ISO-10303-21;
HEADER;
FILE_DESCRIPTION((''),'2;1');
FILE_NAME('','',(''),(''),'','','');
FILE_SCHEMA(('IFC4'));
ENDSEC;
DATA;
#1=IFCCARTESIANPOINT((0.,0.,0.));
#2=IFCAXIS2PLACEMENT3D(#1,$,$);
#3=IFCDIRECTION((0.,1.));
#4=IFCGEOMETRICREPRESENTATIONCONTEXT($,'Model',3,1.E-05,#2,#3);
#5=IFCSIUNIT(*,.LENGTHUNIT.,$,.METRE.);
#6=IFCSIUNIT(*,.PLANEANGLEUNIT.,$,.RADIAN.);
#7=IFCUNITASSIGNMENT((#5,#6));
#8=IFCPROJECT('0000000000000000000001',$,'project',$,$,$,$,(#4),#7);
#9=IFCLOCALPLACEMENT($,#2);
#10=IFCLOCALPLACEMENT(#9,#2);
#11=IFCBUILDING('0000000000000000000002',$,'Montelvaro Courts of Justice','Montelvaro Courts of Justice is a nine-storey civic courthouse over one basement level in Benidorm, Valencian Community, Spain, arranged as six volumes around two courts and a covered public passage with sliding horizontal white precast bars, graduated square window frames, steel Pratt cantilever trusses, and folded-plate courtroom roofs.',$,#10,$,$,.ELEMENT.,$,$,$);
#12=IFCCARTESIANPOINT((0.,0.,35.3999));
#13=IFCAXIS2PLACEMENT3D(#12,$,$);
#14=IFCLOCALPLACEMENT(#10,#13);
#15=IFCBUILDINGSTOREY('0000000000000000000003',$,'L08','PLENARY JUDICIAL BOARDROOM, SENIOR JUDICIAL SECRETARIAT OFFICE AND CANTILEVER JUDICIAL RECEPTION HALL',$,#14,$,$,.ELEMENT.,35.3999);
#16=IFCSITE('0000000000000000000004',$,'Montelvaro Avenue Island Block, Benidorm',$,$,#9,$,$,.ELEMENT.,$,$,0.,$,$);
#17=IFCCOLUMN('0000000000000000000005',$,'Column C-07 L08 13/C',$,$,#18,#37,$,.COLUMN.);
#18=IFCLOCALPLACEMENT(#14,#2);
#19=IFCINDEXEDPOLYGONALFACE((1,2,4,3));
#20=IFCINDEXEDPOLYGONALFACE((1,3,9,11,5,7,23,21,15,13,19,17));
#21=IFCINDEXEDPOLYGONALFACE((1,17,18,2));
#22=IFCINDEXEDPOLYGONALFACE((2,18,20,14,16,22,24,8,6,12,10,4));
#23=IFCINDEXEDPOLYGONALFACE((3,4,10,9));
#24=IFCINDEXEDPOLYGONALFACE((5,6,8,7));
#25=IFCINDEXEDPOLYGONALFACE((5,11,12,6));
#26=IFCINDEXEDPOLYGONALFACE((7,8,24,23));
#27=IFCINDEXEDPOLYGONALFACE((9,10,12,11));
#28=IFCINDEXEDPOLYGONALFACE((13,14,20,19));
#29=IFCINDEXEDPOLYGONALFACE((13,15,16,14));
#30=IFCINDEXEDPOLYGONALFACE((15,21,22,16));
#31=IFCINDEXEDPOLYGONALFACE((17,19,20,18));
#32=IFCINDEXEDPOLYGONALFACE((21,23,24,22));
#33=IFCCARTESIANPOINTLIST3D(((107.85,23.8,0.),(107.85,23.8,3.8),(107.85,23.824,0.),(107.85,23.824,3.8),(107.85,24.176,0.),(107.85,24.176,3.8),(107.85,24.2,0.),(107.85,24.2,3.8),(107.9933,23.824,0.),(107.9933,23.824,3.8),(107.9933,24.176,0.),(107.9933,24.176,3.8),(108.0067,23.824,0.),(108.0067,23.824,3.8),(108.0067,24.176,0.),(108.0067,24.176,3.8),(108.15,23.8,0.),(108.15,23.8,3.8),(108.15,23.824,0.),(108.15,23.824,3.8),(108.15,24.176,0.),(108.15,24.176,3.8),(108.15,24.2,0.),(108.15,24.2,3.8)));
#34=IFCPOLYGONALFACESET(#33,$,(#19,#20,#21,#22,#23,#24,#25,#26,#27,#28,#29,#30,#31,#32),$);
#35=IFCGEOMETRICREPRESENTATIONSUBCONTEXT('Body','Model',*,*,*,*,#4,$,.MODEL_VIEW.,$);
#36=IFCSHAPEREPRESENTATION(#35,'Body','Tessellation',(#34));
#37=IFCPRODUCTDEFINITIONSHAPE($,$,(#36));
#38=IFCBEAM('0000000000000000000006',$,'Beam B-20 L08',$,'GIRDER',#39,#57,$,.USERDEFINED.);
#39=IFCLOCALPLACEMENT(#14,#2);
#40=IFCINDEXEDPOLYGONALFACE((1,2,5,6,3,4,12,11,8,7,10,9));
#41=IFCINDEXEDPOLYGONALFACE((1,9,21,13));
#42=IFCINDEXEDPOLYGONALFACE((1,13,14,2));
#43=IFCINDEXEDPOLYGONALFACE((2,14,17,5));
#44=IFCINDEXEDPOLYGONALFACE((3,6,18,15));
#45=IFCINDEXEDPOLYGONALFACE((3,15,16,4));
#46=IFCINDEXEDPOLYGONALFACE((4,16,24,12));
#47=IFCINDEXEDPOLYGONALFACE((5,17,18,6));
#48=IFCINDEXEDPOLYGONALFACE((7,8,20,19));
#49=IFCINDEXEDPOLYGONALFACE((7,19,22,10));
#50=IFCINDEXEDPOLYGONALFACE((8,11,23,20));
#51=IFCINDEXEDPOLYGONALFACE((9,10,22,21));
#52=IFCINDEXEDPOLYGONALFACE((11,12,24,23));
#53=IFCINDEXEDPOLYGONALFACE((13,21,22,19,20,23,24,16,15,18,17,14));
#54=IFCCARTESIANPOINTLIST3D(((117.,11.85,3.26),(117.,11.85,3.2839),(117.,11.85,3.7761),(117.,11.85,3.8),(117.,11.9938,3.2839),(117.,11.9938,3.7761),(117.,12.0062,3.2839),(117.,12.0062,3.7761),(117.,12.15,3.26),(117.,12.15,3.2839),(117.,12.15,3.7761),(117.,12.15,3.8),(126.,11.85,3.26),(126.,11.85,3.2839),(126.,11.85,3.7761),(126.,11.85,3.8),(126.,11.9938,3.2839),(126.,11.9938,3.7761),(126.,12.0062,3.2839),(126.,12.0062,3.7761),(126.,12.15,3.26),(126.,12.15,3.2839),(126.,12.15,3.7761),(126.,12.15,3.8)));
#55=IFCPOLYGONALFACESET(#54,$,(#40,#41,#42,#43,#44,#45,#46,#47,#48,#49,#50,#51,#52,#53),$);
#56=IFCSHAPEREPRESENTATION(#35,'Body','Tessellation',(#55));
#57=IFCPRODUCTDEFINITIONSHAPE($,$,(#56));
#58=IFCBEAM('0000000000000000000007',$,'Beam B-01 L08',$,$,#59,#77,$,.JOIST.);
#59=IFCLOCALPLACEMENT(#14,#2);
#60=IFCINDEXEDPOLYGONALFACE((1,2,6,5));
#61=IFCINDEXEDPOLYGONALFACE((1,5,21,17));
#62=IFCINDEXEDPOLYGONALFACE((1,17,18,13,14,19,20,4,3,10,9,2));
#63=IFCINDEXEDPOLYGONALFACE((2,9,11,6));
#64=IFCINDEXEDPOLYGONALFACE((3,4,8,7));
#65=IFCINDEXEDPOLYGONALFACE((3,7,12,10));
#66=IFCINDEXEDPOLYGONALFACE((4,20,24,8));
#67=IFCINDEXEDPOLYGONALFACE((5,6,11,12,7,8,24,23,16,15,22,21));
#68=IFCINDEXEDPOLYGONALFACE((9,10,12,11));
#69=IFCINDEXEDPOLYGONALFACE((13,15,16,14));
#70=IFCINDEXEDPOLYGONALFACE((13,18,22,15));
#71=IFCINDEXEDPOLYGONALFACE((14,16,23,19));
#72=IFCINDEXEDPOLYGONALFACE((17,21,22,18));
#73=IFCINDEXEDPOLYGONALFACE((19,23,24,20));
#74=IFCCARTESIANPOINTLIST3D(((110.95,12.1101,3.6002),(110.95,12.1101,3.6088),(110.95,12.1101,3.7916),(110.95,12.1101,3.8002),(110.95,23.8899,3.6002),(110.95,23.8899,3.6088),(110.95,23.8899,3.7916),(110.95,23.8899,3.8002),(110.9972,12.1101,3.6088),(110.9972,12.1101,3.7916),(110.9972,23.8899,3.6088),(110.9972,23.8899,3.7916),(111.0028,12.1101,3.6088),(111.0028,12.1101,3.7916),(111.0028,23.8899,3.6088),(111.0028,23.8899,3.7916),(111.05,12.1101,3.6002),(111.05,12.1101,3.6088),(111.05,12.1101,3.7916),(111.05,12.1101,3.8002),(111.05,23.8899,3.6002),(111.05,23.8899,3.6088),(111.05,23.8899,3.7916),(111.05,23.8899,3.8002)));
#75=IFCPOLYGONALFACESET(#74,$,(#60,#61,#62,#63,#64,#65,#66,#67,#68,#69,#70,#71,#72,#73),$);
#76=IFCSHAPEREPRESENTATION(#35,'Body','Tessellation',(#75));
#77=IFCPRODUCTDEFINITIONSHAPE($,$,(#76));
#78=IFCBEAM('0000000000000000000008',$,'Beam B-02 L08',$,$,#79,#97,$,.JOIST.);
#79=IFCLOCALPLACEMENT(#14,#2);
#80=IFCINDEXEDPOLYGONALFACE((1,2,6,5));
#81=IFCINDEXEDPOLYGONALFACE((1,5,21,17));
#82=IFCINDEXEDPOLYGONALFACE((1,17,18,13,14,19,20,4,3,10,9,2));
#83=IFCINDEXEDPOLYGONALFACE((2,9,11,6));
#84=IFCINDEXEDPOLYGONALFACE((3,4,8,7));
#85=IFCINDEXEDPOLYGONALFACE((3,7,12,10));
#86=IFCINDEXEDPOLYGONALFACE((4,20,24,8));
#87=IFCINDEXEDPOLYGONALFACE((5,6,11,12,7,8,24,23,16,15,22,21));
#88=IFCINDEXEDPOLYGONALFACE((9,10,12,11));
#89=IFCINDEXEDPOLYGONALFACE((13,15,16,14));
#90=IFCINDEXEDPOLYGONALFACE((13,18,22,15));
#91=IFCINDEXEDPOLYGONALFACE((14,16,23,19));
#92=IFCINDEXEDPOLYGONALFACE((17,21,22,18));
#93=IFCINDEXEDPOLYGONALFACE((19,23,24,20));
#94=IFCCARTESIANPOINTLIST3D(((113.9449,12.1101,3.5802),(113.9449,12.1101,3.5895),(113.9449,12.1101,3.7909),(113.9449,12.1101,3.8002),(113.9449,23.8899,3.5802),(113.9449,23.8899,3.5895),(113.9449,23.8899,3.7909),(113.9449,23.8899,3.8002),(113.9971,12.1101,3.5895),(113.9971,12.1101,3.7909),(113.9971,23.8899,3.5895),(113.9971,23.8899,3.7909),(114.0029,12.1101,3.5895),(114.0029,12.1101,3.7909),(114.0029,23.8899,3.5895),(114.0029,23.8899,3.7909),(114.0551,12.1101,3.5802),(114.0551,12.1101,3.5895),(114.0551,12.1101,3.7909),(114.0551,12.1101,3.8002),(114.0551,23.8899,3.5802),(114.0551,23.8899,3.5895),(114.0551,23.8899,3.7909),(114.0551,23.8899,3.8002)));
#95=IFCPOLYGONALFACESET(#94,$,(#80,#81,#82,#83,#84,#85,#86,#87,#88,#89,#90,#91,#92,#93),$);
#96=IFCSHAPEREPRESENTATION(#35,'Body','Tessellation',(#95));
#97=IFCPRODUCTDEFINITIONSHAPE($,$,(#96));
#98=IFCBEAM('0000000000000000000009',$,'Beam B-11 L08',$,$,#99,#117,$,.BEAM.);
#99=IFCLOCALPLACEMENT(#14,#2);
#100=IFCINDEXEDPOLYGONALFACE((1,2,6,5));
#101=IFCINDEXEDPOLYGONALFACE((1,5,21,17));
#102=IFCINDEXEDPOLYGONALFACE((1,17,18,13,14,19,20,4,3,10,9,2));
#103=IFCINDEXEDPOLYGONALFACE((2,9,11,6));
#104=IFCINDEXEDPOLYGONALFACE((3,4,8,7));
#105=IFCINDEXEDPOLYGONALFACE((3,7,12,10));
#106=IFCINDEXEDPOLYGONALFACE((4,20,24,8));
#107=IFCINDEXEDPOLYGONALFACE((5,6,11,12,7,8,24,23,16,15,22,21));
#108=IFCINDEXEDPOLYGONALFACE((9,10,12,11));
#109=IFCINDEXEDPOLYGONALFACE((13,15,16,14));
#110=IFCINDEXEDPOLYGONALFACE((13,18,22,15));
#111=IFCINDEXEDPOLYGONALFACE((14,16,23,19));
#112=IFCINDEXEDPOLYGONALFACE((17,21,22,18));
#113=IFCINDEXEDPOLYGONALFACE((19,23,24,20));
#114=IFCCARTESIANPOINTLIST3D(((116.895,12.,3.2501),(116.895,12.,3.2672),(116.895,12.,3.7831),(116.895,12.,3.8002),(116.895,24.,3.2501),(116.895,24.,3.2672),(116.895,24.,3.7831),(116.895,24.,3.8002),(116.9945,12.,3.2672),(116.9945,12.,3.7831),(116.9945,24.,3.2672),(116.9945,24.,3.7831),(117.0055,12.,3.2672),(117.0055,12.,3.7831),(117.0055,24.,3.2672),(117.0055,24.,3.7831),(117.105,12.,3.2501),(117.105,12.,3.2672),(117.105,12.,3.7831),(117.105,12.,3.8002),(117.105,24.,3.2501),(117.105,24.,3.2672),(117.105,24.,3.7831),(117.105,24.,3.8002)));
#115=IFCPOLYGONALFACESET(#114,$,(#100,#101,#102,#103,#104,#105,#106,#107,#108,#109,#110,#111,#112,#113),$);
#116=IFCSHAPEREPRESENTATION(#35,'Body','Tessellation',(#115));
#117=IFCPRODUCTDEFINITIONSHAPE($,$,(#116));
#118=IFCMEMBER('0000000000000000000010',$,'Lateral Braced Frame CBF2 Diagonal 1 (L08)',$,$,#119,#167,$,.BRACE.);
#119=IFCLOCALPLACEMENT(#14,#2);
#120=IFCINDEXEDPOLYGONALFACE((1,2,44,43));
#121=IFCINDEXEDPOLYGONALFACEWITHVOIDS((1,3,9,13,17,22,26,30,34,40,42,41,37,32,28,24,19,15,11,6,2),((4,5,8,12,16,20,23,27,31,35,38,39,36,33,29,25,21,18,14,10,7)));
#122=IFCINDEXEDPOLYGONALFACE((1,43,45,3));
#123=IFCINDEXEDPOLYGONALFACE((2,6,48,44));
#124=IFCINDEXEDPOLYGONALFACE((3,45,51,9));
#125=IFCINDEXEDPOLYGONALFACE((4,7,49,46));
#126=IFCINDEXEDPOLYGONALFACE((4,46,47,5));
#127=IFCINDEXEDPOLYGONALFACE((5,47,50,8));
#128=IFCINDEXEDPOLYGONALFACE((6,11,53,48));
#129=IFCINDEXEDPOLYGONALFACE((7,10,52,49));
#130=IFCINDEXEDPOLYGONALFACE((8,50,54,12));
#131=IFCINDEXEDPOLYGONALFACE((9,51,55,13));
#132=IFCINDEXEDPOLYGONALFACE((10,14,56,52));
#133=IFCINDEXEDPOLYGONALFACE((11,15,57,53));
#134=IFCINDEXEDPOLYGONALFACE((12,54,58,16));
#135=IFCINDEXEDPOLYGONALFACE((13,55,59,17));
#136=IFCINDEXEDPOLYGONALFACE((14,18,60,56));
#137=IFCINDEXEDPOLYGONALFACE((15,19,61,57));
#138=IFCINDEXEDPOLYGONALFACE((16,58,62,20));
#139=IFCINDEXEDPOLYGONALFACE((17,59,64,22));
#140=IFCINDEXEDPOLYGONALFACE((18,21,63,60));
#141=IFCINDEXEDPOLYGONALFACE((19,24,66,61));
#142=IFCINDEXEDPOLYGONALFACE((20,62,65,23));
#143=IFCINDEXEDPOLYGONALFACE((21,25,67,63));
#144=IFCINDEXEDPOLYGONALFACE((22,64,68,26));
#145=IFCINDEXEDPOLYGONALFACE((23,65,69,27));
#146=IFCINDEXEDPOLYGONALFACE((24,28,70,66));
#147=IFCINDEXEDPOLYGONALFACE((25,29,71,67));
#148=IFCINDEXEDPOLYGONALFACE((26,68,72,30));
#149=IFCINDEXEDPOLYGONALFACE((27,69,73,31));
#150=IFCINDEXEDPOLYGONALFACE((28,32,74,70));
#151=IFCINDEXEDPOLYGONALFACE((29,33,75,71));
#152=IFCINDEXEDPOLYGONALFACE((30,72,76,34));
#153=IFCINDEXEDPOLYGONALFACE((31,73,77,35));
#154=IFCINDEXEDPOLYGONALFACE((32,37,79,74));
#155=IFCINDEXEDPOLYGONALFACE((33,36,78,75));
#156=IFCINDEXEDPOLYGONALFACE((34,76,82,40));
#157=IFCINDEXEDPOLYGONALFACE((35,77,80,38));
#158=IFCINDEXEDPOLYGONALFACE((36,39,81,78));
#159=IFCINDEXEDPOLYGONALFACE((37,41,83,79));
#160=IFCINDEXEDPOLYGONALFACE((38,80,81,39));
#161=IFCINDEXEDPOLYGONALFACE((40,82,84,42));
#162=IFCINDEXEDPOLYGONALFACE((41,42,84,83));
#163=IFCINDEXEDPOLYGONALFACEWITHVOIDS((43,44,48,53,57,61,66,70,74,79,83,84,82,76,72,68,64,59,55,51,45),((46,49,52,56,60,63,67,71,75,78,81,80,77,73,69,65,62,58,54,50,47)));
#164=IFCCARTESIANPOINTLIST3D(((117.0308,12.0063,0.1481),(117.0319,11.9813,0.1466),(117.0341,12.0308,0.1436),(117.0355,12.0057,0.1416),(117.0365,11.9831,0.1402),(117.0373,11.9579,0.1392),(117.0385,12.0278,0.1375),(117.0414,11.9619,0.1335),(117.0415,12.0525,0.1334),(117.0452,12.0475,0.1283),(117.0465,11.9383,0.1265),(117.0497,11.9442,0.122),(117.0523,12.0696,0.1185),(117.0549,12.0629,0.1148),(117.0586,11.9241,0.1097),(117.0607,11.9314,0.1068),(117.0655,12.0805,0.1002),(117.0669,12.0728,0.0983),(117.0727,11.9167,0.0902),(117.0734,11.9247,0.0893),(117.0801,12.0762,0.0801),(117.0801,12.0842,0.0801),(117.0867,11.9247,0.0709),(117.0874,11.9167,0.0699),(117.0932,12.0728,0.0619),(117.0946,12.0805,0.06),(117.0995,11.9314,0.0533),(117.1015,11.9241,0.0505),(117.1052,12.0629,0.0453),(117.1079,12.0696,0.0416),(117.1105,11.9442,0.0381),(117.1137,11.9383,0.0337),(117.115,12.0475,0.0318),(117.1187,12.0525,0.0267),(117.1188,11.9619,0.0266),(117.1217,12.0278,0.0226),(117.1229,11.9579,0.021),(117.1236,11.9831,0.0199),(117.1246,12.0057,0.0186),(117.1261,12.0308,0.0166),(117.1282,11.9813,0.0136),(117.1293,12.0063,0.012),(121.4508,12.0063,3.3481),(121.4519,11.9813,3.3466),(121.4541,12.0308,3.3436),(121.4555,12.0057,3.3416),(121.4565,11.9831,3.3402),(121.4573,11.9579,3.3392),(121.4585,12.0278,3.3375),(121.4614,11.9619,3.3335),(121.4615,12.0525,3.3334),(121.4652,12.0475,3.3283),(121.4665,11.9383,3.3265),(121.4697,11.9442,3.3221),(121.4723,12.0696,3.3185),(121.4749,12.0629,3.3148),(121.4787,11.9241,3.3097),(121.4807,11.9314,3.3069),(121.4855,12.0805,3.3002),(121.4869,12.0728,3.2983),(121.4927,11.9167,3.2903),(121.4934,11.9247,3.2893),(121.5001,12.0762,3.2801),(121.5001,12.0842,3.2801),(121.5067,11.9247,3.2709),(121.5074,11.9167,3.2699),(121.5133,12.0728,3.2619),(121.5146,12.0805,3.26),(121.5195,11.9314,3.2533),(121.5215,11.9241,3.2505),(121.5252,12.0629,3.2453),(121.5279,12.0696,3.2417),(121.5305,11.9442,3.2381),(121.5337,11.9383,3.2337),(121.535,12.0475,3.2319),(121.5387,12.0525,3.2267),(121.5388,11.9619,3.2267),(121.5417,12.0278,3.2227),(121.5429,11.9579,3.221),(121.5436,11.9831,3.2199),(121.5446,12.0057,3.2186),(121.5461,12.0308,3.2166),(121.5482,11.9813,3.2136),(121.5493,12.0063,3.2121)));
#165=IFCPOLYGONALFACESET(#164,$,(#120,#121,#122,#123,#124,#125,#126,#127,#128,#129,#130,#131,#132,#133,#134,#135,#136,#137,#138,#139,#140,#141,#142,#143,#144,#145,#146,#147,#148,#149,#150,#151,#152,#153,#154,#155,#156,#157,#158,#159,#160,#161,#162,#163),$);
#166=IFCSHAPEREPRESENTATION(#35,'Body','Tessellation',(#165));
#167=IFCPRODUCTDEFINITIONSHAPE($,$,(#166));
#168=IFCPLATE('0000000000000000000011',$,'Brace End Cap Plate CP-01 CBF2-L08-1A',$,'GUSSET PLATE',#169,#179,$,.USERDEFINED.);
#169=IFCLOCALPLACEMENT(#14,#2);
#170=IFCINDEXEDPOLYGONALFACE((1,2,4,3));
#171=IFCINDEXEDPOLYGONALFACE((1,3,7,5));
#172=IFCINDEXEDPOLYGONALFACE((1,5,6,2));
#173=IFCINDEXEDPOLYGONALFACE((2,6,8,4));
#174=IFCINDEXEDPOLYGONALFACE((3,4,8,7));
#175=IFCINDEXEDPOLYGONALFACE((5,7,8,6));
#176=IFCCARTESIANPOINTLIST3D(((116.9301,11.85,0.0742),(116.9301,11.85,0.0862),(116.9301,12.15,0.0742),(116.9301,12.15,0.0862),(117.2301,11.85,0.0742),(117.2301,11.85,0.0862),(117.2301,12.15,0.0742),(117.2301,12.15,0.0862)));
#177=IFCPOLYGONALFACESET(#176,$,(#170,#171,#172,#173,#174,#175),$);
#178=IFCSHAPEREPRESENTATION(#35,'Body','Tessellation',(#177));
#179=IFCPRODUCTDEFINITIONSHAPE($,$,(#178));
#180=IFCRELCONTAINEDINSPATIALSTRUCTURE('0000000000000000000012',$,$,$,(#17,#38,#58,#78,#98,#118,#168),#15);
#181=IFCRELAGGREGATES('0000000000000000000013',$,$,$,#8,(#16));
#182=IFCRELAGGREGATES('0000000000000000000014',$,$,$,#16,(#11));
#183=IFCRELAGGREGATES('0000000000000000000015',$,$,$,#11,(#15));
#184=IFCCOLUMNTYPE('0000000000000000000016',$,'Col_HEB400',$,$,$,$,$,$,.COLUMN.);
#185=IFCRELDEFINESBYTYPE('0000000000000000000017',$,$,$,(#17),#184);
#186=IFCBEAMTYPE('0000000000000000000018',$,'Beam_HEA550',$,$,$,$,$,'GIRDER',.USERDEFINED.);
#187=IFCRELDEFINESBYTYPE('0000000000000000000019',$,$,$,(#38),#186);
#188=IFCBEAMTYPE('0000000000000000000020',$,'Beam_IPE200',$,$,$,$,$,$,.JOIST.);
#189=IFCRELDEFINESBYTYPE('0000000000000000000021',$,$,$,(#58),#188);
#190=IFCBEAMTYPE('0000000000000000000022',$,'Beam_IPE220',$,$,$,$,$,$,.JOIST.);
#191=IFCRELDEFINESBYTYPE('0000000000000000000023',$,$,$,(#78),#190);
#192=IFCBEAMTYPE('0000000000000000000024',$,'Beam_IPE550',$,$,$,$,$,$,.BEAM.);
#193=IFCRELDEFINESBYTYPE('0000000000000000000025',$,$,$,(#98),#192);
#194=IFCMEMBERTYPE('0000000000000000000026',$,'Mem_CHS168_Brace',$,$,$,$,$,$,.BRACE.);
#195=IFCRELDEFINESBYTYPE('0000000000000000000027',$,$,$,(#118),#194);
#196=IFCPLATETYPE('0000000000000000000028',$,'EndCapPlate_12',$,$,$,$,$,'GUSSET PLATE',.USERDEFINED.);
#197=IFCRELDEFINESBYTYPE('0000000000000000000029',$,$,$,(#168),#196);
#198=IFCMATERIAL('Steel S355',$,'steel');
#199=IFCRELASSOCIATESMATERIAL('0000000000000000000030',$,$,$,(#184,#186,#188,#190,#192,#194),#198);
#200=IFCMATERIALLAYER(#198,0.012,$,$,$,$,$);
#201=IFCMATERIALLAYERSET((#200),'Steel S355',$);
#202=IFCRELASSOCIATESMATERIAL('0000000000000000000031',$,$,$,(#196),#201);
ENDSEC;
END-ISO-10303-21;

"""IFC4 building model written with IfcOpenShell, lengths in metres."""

from ifc_helpers import new_model, si_unit, direction, frame, origin, origin_2d, place, context, subcontext, project, spatial, rectangle, hollow_circle, i_section, extrude, material, layer, layer_set, material_profile, profile_set, type_object, element, save


model = new_model("IFC4")

# Units and contexts
model_context = context("Model", 3, precision=1e-05, world=origin(), true_north=direction((0.0, 1.0)))
body_context = subcontext(model_context, "Body", "Model", "MODEL_VIEW")
ifc_project = project(units=[si_unit("LENGTHUNIT", "METRE"), si_unit("PLANEANGLEUNIT", "RADIAN")], contexts=[model_context])

# Site, building, storey
site_placement = place(None, origin())
site = spatial("IfcSite", under=ifc_project, at=site_placement, Name="Montelvaro Avenue Island Block, Benidorm", CompositionType="ELEMENT", RefElevation=0.0)
building_placement = place(site_placement, origin())
building = spatial("IfcBuilding", under=site, at=building_placement, Name="Montelvaro Courts of Justice", Description="Montelvaro Courts of Justice is a nine-storey civic courthouse over one basement level in Benidorm, Valencian Community, Spain, arranged as six volumes around two courts and a covered public passage with sliding horizontal white precast bars, graduated square window frames, steel Pratt cantilever trusses, and folded-plate courtroom roofs.", CompositionType="ELEMENT")
storey_placement = place(building_placement, frame((0.0, 0.0, 35.3999)))
storey = spatial("IfcBuildingStorey", under=building, at=storey_placement, Name="L08", Description="PLENARY JUDICIAL BOARDROOM, SENIOR JUDICIAL SECRETARIAT OFFICE AND CANTILEVER JUDICIAL RECEPTION HALL", CompositionType="ELEMENT", Elevation=35.3999)

# Column
ifc_material_1 = material(Name="Steel S355", Category="steel")
ifc_material_profile_1 = material_profile(ifc_material_1, i_section(OverallWidth=0.3, OverallDepth=0.3999, WebThickness=0.0134, FlangeThickness=0.0239, at=origin_2d()), Name="HEB 400")
ifc_profile_set_1 = profile_set([ifc_material_profile_1], Name="Steel S355")
column_type = type_object("IfcColumnType", Name="Col_HEB400", PredefinedType="COLUMN", material=ifc_profile_set_1)
column_placement = place(storey_placement, frame((108.0, 24.0, 0.0), z_axis=(0.0, 0.0, 1.0), x_axis=(1.0, 0.0, 0.0)))
element("IfcColumn", 1, at=column_placement, inside=storey, type_object=column_type, Name="Column C-07 L08 13/C", PredefinedType="COLUMN", context=body_context, shape_type="SweptSolid", body=[
    extrude(i_section(OverallWidth=0.3, OverallDepth=0.3999, WebThickness=0.0134, FlangeThickness=0.0239, at=origin_2d()), origin(), (0.0, 0.0, 1.0), 3.8),
])

# Beams
ifc_material_profile_2 = material_profile(ifc_material_1, i_section(OverallWidth=0.3, OverallDepth=0.54, WebThickness=0.0125, FlangeThickness=0.0239, at=origin_2d()), Name="HEA 550")
ifc_profile_set_2 = profile_set([ifc_material_profile_2], Name="Steel S355")
beam_type_1 = type_object("IfcBeamType", Name="Beam_HEA550", ElementType="GIRDER", PredefinedType="USERDEFINED", material=ifc_profile_set_2)
beam_1_placement = place(storey_placement, frame((117.0, 12.0, 3.53), z_axis=(1.0, 0.0, 0.0), x_axis=(0.0, 1.0, 0.0)))
element("IfcBeam", 2, at=beam_1_placement, inside=storey, type_object=beam_type_1, Name="Beam B-20 L08", ObjectType="GIRDER", PredefinedType="USERDEFINED", context=body_context, shape_type="SweptSolid", body=[
    extrude(i_section(OverallWidth=0.3, OverallDepth=0.54, WebThickness=0.0125, FlangeThickness=0.0239, at=origin_2d()), origin(), (0.0, 0.0, 1.0), 9.0),
])
ifc_material_profile_3 = material_profile(ifc_material_1, i_section(OverallWidth=0.1001, OverallDepth=0.2, WebThickness=0.0056, FlangeThickness=0.0085, at=origin_2d()), Name="IPE 200")
ifc_profile_set_3 = profile_set([ifc_material_profile_3], Name="Steel S355")
beam_type_2 = type_object("IfcBeamType", Name="Beam_IPE200", PredefinedType="JOIST", material=ifc_profile_set_3)
beam_2_placement = place(storey_placement, frame((111.0, 12.1101, 3.7002), z_axis=(0.0, 1.0, 0.0), x_axis=(-1.0, 0.0, 0.0)))
element("IfcBeam", 3, at=beam_2_placement, inside=storey, type_object=beam_type_2, Name="Beam B-01 L08", PredefinedType="JOIST", context=body_context, shape_type="SweptSolid", body=[
    extrude(i_section(OverallWidth=0.1001, OverallDepth=0.2, WebThickness=0.0056, FlangeThickness=0.0085, at=origin_2d()), origin(), (0.0, 0.0, 1.0), 11.7798),
])
ifc_material_profile_4 = material_profile(ifc_material_1, i_section(OverallWidth=0.1101, OverallDepth=0.22, WebThickness=0.0059, FlangeThickness=0.0093, at=origin_2d()), Name="IPE 220")
ifc_profile_set_4 = profile_set([ifc_material_profile_4], Name="Steel S355")
beam_type_3 = type_object("IfcBeamType", Name="Beam_IPE220", PredefinedType="JOIST", material=ifc_profile_set_4)
beam_3_placement = place(storey_placement, frame((114.0, 12.1101, 3.6902), z_axis=(0.0, 1.0, 0.0), x_axis=(-1.0, 0.0, 0.0)))
element("IfcBeam", 4, at=beam_3_placement, inside=storey, type_object=beam_type_3, Name="Beam B-02 L08", PredefinedType="JOIST", context=body_context, shape_type="SweptSolid", body=[
    extrude(i_section(OverallWidth=0.1101, OverallDepth=0.22, WebThickness=0.0059, FlangeThickness=0.0093, at=origin_2d()), origin(), (0.0, 0.0, 1.0), 11.7798),
])
ifc_material_profile_5 = material_profile(ifc_material_1, i_section(OverallWidth=0.21, OverallDepth=0.55, WebThickness=0.011, FlangeThickness=0.0171, at=origin_2d()), Name="IPE 550")
ifc_profile_set_5 = profile_set([ifc_material_profile_5], Name="Steel S355")
beam_type_4 = type_object("IfcBeamType", Name="Beam_IPE550", PredefinedType="BEAM", material=ifc_profile_set_5)
beam_4_placement = place(storey_placement, frame((117.0, 12.0, 3.5251), z_axis=(0.0, 1.0, 0.0), x_axis=(-1.0, 0.0, 0.0)))
element("IfcBeam", 5, at=beam_4_placement, inside=storey, type_object=beam_type_4, Name="Beam B-11 L08", PredefinedType="BEAM", context=body_context, shape_type="SweptSolid", body=[
    extrude(i_section(OverallWidth=0.21, OverallDepth=0.55, WebThickness=0.011, FlangeThickness=0.0171, at=origin_2d()), origin(), (0.0, 0.0, 1.0), 12.0),
])

# Member
ifc_material_profile_6 = material_profile(ifc_material_1, hollow_circle(Radius=0.0842, WallThickness=0.0081, at=origin_2d()), Name="CHS 168.3x8")
ifc_profile_set_6 = profile_set([ifc_material_profile_6], Name="Steel S355")
member_type = type_object("IfcMemberType", Name="Mem_CHS168_Brace", PredefinedType="BRACE", material=ifc_profile_set_6)
member_placement = place(storey_placement, frame((117.0801, 12.0, 0.0801), z_axis=(0.810001, 0.0, 0.586428), x_axis=(0.0, 1.0, 0.0)))
element("IfcMember", 6, at=member_placement, inside=storey, type_object=member_type, Name="Lateral Braced Frame CBF2 Diagonal 1 (L08)", PredefinedType="BRACE", context=body_context, shape_type="SweptSolid", body=[
    extrude(hollow_circle(Radius=0.0842, WallThickness=0.0081, at=origin_2d()), origin(), (0.0, 0.0, 1.0), 5.4568),
])

# Plate
ifc_layer_1 = layer(ifc_material_1, 0.012)
ifc_layer_set_1 = layer_set([ifc_layer_1], Name="Steel S355")
plate_type_1 = type_object("IfcPlateType", Name="EndCapPlate_12", ElementType="GUSSET PLATE", PredefinedType="USERDEFINED", material=ifc_layer_set_1)
plate_1_placement = place(storey_placement, frame((117.0801, 12.0, 0.0742), z_axis=(0.0, 0.0, 1.0), x_axis=(1.0, 0.0, 0.0)))
element("IfcPlate", 7, at=plate_1_placement, inside=storey, type_object=plate_type_1, Name="Brace End Cap Plate CP-01 CBF2-L08-1A", ObjectType="GUSSET PLATE", PredefinedType="USERDEFINED", context=body_context, shape_type="SweptSolid", body=[
    extrude(rectangle(XDim=0.3, YDim=0.3, at=origin_2d()), origin(), (0.0, 0.0, 1.0), 0.012),
])

save(model, "model.ifc")
